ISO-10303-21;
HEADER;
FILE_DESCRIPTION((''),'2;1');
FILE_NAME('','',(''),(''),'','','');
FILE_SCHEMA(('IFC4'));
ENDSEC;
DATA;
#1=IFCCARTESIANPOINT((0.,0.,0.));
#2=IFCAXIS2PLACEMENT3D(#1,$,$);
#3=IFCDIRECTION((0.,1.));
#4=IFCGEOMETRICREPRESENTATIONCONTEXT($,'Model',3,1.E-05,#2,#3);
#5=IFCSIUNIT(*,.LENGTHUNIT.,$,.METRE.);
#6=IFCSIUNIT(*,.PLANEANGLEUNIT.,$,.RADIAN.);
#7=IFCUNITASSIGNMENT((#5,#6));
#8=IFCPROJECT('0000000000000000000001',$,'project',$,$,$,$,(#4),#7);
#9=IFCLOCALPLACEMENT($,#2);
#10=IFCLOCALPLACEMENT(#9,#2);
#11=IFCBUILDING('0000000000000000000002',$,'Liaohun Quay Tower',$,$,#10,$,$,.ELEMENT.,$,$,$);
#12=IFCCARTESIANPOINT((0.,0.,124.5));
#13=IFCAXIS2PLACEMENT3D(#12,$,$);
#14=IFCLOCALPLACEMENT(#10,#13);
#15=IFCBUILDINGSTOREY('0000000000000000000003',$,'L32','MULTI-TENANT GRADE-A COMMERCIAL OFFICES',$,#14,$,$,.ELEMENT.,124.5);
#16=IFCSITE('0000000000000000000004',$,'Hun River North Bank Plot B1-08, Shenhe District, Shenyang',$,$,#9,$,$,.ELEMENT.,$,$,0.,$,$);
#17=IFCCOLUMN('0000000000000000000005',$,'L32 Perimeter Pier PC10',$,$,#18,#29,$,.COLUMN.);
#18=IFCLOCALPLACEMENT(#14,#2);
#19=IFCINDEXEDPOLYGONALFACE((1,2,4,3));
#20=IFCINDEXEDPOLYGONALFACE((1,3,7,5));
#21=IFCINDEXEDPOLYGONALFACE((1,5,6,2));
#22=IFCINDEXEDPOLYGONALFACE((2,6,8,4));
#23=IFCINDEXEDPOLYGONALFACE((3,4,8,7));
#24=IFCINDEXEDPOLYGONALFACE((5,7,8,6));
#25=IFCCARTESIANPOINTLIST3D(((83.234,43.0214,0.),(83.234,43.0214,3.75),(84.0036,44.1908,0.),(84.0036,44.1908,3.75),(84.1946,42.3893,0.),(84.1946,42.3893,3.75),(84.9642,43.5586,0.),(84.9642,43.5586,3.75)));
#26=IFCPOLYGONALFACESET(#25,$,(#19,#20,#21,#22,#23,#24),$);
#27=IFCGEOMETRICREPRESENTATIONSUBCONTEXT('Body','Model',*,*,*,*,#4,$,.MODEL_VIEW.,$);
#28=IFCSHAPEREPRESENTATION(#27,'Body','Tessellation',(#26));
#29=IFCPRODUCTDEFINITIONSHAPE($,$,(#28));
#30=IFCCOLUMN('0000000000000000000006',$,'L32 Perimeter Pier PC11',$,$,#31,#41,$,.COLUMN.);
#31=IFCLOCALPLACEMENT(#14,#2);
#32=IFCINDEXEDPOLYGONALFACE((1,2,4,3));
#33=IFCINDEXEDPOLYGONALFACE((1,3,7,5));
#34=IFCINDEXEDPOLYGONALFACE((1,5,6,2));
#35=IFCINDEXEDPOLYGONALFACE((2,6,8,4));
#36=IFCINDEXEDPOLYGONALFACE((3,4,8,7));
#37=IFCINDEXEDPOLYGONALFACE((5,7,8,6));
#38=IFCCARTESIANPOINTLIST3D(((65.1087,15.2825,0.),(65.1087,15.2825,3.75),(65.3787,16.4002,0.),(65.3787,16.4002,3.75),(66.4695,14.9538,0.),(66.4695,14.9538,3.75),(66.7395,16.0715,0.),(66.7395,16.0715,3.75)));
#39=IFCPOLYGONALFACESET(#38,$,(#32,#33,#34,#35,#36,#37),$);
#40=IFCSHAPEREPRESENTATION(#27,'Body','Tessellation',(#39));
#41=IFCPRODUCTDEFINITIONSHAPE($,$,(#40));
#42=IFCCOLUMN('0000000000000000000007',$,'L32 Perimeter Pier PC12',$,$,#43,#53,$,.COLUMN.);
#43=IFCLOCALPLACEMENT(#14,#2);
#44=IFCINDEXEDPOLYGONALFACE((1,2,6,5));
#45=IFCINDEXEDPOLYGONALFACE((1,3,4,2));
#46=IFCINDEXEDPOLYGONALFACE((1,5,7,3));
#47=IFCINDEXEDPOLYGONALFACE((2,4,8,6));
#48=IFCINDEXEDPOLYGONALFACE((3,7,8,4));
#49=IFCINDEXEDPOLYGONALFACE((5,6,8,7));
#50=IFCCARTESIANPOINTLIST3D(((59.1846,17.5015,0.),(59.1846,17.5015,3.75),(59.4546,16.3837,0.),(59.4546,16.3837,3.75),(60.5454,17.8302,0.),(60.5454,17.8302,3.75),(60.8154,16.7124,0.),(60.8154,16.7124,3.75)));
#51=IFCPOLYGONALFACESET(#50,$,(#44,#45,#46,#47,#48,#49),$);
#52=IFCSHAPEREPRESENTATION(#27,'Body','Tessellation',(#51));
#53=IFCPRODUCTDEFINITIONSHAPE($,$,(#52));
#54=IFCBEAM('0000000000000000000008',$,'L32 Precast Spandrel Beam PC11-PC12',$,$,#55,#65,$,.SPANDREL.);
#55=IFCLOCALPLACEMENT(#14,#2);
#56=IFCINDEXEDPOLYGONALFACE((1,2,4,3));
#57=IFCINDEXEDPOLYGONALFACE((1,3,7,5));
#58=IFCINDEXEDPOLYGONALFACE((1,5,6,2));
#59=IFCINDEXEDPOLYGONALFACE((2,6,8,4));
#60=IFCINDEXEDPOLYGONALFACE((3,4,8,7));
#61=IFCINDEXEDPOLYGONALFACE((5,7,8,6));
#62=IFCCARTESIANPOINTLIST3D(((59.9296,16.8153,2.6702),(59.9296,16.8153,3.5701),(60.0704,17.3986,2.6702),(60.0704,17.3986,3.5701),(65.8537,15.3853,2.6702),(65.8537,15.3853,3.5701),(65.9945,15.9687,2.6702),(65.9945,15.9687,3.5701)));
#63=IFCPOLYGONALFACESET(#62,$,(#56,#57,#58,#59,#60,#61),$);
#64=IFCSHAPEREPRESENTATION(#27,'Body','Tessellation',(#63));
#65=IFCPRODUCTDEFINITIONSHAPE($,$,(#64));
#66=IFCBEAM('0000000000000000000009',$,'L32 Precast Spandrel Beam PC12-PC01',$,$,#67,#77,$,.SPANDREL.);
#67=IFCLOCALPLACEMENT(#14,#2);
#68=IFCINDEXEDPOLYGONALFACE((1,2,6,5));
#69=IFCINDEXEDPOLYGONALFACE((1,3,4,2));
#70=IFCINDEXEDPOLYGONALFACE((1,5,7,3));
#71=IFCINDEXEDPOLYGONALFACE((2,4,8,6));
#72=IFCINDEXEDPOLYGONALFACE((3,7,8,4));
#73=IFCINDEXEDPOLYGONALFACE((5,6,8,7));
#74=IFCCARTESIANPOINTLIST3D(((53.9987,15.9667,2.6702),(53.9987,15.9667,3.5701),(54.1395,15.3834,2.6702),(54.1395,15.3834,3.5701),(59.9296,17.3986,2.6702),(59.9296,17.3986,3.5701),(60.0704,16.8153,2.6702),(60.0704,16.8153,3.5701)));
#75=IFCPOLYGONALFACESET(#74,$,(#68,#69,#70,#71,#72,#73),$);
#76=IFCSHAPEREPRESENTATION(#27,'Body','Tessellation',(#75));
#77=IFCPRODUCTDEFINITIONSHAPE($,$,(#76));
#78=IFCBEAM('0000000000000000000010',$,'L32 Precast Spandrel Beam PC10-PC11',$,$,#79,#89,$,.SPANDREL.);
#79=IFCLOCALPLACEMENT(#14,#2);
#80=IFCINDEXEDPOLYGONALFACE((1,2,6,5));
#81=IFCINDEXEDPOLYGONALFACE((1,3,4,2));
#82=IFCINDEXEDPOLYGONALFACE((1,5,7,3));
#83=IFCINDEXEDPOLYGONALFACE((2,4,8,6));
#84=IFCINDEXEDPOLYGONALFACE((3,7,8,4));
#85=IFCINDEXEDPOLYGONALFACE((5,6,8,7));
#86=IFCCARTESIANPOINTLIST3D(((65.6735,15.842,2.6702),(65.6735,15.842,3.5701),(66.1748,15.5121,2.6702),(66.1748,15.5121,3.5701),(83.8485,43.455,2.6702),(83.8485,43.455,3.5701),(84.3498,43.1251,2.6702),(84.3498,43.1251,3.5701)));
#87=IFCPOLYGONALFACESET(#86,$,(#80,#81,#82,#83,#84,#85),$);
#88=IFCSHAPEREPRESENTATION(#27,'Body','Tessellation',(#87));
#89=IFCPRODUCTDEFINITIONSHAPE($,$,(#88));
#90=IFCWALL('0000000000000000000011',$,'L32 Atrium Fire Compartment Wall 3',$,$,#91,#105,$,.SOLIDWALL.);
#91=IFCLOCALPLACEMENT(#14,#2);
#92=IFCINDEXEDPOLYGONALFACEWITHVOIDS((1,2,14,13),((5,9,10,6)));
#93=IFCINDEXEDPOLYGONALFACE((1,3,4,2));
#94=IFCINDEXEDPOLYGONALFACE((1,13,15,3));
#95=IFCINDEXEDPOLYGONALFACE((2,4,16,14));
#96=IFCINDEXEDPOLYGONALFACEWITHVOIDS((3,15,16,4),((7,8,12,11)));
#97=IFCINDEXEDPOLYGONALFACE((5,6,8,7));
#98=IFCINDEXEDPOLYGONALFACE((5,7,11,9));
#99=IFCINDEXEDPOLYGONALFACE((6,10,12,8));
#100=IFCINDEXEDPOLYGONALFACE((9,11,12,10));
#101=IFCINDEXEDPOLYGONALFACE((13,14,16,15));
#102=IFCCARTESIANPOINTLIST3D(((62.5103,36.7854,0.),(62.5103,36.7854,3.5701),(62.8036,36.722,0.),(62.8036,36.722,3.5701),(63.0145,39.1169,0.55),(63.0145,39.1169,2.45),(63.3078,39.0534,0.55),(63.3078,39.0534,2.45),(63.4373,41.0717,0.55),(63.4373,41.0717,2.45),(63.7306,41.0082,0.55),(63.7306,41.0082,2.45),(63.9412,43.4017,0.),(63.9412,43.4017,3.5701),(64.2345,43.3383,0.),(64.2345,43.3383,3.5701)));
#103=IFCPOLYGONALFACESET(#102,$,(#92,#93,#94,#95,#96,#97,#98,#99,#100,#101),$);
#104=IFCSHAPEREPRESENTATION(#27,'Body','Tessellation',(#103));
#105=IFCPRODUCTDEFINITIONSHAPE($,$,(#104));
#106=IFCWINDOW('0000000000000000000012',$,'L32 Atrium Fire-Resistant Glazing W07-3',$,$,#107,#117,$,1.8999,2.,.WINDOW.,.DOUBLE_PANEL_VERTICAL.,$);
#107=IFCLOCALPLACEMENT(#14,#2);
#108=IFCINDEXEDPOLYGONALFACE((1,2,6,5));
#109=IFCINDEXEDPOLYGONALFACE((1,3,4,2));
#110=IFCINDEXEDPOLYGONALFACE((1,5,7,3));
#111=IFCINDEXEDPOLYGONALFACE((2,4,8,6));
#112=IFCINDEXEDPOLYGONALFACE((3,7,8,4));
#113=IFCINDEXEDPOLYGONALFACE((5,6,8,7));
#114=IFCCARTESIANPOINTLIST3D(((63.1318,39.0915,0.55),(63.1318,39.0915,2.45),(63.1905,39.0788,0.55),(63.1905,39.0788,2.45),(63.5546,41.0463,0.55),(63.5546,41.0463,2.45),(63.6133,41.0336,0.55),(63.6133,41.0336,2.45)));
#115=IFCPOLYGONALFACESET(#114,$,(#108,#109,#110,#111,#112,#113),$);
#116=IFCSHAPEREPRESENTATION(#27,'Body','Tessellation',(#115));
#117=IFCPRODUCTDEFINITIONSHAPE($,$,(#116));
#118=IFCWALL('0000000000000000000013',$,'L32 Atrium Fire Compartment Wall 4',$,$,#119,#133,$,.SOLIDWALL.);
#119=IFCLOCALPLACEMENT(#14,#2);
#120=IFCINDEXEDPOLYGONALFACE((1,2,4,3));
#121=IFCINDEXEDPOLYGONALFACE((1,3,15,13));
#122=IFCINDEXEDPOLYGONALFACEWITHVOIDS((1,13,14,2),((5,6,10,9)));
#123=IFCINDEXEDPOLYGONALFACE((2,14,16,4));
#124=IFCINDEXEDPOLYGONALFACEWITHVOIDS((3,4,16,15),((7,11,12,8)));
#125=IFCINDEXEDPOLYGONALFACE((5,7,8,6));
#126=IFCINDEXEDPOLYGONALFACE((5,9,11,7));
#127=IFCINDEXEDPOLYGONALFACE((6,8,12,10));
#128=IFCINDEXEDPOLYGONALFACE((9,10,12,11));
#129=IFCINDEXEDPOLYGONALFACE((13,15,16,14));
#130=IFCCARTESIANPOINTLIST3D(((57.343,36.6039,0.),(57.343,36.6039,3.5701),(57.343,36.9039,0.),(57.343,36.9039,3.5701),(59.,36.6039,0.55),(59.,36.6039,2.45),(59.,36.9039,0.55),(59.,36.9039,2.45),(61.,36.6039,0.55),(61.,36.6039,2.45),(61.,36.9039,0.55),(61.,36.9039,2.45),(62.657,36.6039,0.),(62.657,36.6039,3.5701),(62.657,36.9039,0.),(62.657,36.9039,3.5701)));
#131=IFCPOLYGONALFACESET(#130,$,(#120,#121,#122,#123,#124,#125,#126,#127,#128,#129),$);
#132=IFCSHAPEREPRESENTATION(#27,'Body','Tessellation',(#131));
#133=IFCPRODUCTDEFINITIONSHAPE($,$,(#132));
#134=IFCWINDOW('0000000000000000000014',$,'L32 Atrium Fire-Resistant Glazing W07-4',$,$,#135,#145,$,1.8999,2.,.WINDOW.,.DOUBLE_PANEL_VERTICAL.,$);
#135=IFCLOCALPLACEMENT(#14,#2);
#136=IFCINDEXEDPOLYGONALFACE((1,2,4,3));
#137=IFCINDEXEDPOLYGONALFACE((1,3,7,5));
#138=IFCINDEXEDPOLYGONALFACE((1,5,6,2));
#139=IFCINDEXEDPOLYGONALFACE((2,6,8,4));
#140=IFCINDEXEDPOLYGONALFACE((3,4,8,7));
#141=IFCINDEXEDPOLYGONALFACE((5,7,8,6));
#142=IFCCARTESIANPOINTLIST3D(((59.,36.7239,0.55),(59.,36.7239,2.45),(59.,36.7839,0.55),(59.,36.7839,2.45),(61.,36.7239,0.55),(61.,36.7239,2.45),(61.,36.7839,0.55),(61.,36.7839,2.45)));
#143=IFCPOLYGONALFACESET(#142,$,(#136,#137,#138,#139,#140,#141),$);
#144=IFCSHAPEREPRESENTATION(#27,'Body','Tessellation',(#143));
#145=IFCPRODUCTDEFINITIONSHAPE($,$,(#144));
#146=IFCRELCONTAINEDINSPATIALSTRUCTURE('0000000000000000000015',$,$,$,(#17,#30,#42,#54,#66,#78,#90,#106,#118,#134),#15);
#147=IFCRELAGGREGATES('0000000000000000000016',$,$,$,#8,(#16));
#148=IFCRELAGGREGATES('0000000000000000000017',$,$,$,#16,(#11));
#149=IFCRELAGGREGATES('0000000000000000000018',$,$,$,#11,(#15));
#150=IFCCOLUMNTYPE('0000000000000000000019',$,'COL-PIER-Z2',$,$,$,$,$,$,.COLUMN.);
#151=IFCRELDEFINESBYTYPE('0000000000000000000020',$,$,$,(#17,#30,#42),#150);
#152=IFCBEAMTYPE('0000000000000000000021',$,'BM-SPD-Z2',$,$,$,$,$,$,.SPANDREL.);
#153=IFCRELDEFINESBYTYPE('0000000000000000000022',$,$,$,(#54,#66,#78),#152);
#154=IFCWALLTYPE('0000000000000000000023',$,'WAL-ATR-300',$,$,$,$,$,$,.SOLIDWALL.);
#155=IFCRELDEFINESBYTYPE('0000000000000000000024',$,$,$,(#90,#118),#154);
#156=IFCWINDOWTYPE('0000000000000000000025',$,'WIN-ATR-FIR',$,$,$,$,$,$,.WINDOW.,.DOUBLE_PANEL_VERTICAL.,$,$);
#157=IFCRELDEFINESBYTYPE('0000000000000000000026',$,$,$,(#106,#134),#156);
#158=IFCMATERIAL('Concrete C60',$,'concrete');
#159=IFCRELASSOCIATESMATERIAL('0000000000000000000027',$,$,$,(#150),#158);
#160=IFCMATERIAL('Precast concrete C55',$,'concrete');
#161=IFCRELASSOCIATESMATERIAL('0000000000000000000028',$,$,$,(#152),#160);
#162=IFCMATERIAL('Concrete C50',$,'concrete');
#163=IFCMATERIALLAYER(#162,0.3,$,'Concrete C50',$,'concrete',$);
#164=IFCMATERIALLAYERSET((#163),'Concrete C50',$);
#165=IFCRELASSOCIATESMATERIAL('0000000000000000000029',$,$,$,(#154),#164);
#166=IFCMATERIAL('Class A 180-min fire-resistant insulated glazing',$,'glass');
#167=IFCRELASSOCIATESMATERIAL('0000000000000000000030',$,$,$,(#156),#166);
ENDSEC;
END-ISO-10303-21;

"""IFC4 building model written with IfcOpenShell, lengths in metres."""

from ifc_helpers import new_model, si_unit, direction, frame, frame_2d, origin, origin_2d, place, context, subcontext, project, spatial, rectangle, extrude, source, transform, mapped, material, layer, layer_set, material_profile, profile_set, type_object, element, fill, save


model = new_model("IFC4")

# Units and contexts
model_context = context("Model", 3, precision=1e-05, world=origin(), true_north=direction((0.0, 1.0)))
body_context = subcontext(model_context, "Body", "Model", "MODEL_VIEW")
ifc_project = project(units=[si_unit("LENGTHUNIT", "METRE"), si_unit("PLANEANGLEUNIT", "RADIAN")], contexts=[model_context])

# Site, building, storey
site_placement = place(None, origin())
site = spatial("IfcSite", under=ifc_project, at=site_placement, Name="Hun River North Bank Plot B1-08, Shenhe District, Shenyang", CompositionType="ELEMENT", RefElevation=0.0)
building_placement = place(site_placement, origin())
building = spatial("IfcBuilding", under=site, at=building_placement, Name="Liaohun Quay Tower", CompositionType="ELEMENT")
storey_placement = place(building_placement, frame((0.0, 0.0, 124.5)))
storey = spatial("IfcBuildingStorey", under=building, at=storey_placement, Name="L32", Description="MULTI-TENANT GRADE-A COMMERCIAL OFFICES", CompositionType="ELEMENT", Elevation=124.5)

# Columns
ifc_material_1 = material(Name="Concrete C60", Category="concrete")
ifc_material_profile_1 = material_profile(ifc_material_1, rectangle(XDim=1.3999, YDim=1.1499, at=origin_2d()), Name="RC1400x1150")
ifc_profile_set_1 = profile_set([ifc_material_profile_1], Name="Concrete C60")
column_type = type_object("IfcColumnType", Name="COL-PIER-Z2", PredefinedType="COLUMN", material=ifc_profile_set_1)
shared_shape_1 = source(origin(), body_context, "Body", "SweptSolid", [
    extrude(rectangle(XDim=1.3999, YDim=1.1499, at=origin_2d()), origin(), (0.0, 0.0, 1.0), 3.75),
])
for number, where, z_axis, x_axis, name in (
    (1, (84.0991, 43.29, 0.0), (0.0, 0.0, 1.0), (0.549752, 0.835328, 0.0), "L32 Perimeter Pier PC10"),
    (2, (65.9241, 15.677, 0.0), (0.0, 0.0, 1.0), (-0.972043, 0.234803, 0.0), "L32 Perimeter Pier PC11"),
    (3, (60.0, 17.1069, 0.0), (0.0, 0.0, 1.0), (0.972043, 0.234803, 0.0), "L32 Perimeter Pier PC12"),
):
    element("IfcColumn", number, at=place(storey_placement, frame(where, z_axis=z_axis, x_axis=x_axis)), inside=storey, type_object=column_type, Name=name, PredefinedType="COLUMN", context=body_context, shape_type="MappedRepresentation", body=[
        mapped(shared_shape_1, transform((0.0, 0.0, 0.0), x_axis=(1.0, 0.0, 0.0), y_axis=(0.0, 1.0, 0.0), z_axis=(0.0, 0.0, 1.0), scale=1.0)),
    ])

# Beams
ifc_material_2 = material(Name="Precast concrete C55", Category="concrete")
ifc_material_profile_2 = material_profile(ifc_material_2, rectangle(XDim=0.6001, YDim=0.8999, at=origin_2d()), Name="RC600x900")
ifc_profile_set_2 = profile_set([ifc_material_profile_2], Name="Precast concrete C55")
beam_type = type_object("IfcBeamType", Name="BM-SPD-Z2", PredefinedType="SPANDREL", material=ifc_profile_set_2)
shared_shape_2 = source(origin(), body_context, "Body", "SweptSolid", [
    extrude(rectangle(XDim=0.6001, YDim=0.8999, at=origin_2d()), origin(), (0.0, 0.0, 1.0), 6.0942),
])
beam_1_placement = place(storey_placement, frame((65.9241, 15.677, 3.1201), z_axis=(-0.972083, 0.234638, 0.0), x_axis=(-0.234638, -0.972083, 0.0)))
element("IfcBeam", 4, at=beam_1_placement, inside=storey, type_object=beam_type, Name="L32 Precast Spandrel Beam PC11-PC12", PredefinedType="SPANDREL", context=body_context, shape_type="MappedRepresentation", body=[
    mapped(shared_shape_2, transform((0.0, 0.0, 0.0), x_axis=(1.0, 0.0, 0.0), y_axis=(0.0, 1.0, 0.0), z_axis=(0.0, 0.0, 1.0), scale=1.0)),
])
shared_shape_3 = source(origin(), body_context, "Body", "SweptSolid", [
    extrude(rectangle(XDim=0.6001, YDim=0.8999, at=origin_2d()), origin(), (0.0, 0.0, 1.0), 6.1013),
])
beam_2_placement = place(storey_placement, frame((60.0, 17.1069, 3.1201), z_axis=(-0.972072, -0.234685, 0.0), x_axis=(0.234685, -0.972072, 0.0)))
element("IfcBeam", 5, at=beam_2_placement, inside=storey, type_object=beam_type, Name="L32 Precast Spandrel Beam PC12-PC01", PredefinedType="SPANDREL", context=body_context, shape_type="MappedRepresentation", body=[
    mapped(shared_shape_3, transform((0.0, 0.0, 0.0), x_axis=(1.0, 0.0, 0.0), y_axis=(0.0, 1.0, 0.0), z_axis=(0.0, 0.0, 1.0), scale=1.0)),
])
shared_shape_4 = source(origin(), body_context, "Body", "SweptSolid", [
    extrude(rectangle(XDim=0.6001, YDim=0.8999, at=origin_2d()), origin(), (0.0, 0.0, 1.0), 33.0576),
])
beam_3_placement = place(storey_placement, frame((84.0991, 43.29, 3.1201), z_axis=(-0.549798, -0.835298, 0.0), x_axis=(0.835298, -0.549798, 0.0)))
element("IfcBeam", 6, at=beam_3_placement, inside=storey, type_object=beam_type, Name="L32 Precast Spandrel Beam PC10-PC11", PredefinedType="SPANDREL", context=body_context, shape_type="MappedRepresentation", body=[
    mapped(shared_shape_4, transform((0.0, 0.0, 0.0), x_axis=(1.0, 0.0, 0.0), y_axis=(0.0, 1.0, 0.0), z_axis=(0.0, 0.0, 1.0), scale=1.0)),
])

# Walls, openings, windows
ifc_material_3 = material(Name="Concrete C50", Category="concrete")
ifc_layer_1 = layer(ifc_material_3, 0.3, Name="Concrete C50", Category="concrete")
ifc_layer_set_1 = layer_set([ifc_layer_1], Name="Concrete C50")
wall_type_1 = type_object("IfcWallType", Name="WAL-ATR-300", PredefinedType="SOLIDWALL", material=ifc_layer_set_1)
wall_1_placement = place(storey_placement, frame((64.0879, 43.3701, 0.0), z_axis=(0.0, 0.0, 1.0), x_axis=(-0.211386, -0.977403, 0.0)))
wall_1 = element("IfcWall", 7, at=wall_1_placement, inside=storey, type_object=wall_type_1, Name="L32 Atrium Fire Compartment Wall 3", PredefinedType="SOLIDWALL", context=body_context, shape_type="SweptSolid", body=[
    extrude(rectangle(XDim=6.7693, YDim=0.3, at=frame_2d((3.3848, 0.0))), origin(), (0.0, 0.0, 1.0), 3.5701),
])
shared_shape_5 = source(origin(), body_context, "Body", "SweptSolid", [
    extrude(rectangle(XDim=2.0, YDim=1.8999, at=frame_2d((1.0, 0.95))), frame((0.0, 0.1599, 0.0), z_axis=(0.0, -1.0, 0.0), x_axis=(1.0, 0.0, 0.0)), (0.0, 0.0, 1.0), 0.3201),
])
opening_1_placement = place(wall_1_placement, frame((2.384, 0.0, 0.55)))
opening_1 = element("IfcOpeningElement", 8, at=opening_1_placement, cuts=wall_1, PredefinedType="OPENING", context=body_context, shape_type="MappedRepresentation", body=[
    mapped(shared_shape_5, transform((0.0, 0.0, 0.0), x_axis=(1.0, 0.0, 0.0), y_axis=(0.0, 1.0, 0.0), z_axis=(0.0, 0.0, 1.0), scale=1.0)),
])
ifc_material_4 = material(Name="Class A 180-min fire-resistant insulated glazing", Category="glass")
window_type_1 = type_object("IfcWindowType", Name="WIN-ATR-FIR", PartitioningType="DOUBLE_PANEL_VERTICAL", PredefinedType="WINDOW", material=ifc_material_4)
shared_shape_6 = source(origin(), body_context, "Body", "SweptSolid", [
    extrude(rectangle(XDim=2.0, YDim=1.8999, at=frame_2d((1.0, 0.95))), frame((0.0, 0.03, 0.0), z_axis=(0.0, -1.0, 0.0), x_axis=(1.0, 0.0, 0.0)), (0.0, 0.0, 1.0), 0.0601),
])
window_1_placement = place(opening_1_placement, origin())
window_1 = element("IfcWindow", 9, at=window_1_placement, inside=storey, type_object=window_type_1, Name="L32 Atrium Fire-Resistant Glazing W07-3", OverallHeight=1.8999, OverallWidth=2.0, PartitioningType="DOUBLE_PANEL_VERTICAL", PredefinedType="WINDOW", context=body_context, shape_type="MappedRepresentation", body=[
    mapped(shared_shape_6, transform((0.0, 0.0, 0.0), x_axis=(1.0, 0.0, 0.0), y_axis=(0.0, 1.0, 0.0), z_axis=(0.0, 0.0, 1.0), scale=1.0)),
])
fill(opening_1, window_1)
wall_2_placement = place(storey_placement, frame((62.657, 36.7539, 0.0), z_axis=(0.0, 0.0, 1.0), x_axis=(-1.0, 0.0, 0.0)))
wall_2 = element("IfcWall", 10, at=wall_2_placement, inside=storey, type_object=wall_type_1, Name="L32 Atrium Fire Compartment Wall 4", PredefinedType="SOLIDWALL", context=body_context, shape_type="SweptSolid", body=[
    extrude(rectangle(XDim=5.314, YDim=0.3, at=frame_2d((2.657, 0.0))), origin(), (0.0, 0.0, 1.0), 3.5701),
])
opening_2_placement = place(wall_2_placement, frame((1.657, 0.0, 0.55)))
opening_2 = element("IfcOpeningElement", 11, at=opening_2_placement, cuts=wall_2, PredefinedType="OPENING", context=body_context, shape_type="MappedRepresentation", body=[
    mapped(shared_shape_5, transform((0.0, 0.0, 0.0), x_axis=(1.0, 0.0, 0.0), y_axis=(0.0, 1.0, 0.0), z_axis=(0.0, 0.0, 1.0), scale=1.0)),
])
window_2_placement = place(opening_2_placement, origin())
window_2 = element("IfcWindow", 12, at=window_2_placement, inside=storey, type_object=window_type_1, Name="L32 Atrium Fire-Resistant Glazing W07-4", OverallHeight=1.8999, OverallWidth=2.0, PartitioningType="DOUBLE_PANEL_VERTICAL", PredefinedType="WINDOW", context=body_context, shape_type="MappedRepresentation", body=[
    mapped(shared_shape_6, transform((0.0, 0.0, 0.0), x_axis=(1.0, 0.0, 0.0), y_axis=(0.0, 1.0, 0.0), z_axis=(0.0, 0.0, 1.0), scale=1.0)),
])
fill(opening_2, window_2)

save(model, "model.ifc")
